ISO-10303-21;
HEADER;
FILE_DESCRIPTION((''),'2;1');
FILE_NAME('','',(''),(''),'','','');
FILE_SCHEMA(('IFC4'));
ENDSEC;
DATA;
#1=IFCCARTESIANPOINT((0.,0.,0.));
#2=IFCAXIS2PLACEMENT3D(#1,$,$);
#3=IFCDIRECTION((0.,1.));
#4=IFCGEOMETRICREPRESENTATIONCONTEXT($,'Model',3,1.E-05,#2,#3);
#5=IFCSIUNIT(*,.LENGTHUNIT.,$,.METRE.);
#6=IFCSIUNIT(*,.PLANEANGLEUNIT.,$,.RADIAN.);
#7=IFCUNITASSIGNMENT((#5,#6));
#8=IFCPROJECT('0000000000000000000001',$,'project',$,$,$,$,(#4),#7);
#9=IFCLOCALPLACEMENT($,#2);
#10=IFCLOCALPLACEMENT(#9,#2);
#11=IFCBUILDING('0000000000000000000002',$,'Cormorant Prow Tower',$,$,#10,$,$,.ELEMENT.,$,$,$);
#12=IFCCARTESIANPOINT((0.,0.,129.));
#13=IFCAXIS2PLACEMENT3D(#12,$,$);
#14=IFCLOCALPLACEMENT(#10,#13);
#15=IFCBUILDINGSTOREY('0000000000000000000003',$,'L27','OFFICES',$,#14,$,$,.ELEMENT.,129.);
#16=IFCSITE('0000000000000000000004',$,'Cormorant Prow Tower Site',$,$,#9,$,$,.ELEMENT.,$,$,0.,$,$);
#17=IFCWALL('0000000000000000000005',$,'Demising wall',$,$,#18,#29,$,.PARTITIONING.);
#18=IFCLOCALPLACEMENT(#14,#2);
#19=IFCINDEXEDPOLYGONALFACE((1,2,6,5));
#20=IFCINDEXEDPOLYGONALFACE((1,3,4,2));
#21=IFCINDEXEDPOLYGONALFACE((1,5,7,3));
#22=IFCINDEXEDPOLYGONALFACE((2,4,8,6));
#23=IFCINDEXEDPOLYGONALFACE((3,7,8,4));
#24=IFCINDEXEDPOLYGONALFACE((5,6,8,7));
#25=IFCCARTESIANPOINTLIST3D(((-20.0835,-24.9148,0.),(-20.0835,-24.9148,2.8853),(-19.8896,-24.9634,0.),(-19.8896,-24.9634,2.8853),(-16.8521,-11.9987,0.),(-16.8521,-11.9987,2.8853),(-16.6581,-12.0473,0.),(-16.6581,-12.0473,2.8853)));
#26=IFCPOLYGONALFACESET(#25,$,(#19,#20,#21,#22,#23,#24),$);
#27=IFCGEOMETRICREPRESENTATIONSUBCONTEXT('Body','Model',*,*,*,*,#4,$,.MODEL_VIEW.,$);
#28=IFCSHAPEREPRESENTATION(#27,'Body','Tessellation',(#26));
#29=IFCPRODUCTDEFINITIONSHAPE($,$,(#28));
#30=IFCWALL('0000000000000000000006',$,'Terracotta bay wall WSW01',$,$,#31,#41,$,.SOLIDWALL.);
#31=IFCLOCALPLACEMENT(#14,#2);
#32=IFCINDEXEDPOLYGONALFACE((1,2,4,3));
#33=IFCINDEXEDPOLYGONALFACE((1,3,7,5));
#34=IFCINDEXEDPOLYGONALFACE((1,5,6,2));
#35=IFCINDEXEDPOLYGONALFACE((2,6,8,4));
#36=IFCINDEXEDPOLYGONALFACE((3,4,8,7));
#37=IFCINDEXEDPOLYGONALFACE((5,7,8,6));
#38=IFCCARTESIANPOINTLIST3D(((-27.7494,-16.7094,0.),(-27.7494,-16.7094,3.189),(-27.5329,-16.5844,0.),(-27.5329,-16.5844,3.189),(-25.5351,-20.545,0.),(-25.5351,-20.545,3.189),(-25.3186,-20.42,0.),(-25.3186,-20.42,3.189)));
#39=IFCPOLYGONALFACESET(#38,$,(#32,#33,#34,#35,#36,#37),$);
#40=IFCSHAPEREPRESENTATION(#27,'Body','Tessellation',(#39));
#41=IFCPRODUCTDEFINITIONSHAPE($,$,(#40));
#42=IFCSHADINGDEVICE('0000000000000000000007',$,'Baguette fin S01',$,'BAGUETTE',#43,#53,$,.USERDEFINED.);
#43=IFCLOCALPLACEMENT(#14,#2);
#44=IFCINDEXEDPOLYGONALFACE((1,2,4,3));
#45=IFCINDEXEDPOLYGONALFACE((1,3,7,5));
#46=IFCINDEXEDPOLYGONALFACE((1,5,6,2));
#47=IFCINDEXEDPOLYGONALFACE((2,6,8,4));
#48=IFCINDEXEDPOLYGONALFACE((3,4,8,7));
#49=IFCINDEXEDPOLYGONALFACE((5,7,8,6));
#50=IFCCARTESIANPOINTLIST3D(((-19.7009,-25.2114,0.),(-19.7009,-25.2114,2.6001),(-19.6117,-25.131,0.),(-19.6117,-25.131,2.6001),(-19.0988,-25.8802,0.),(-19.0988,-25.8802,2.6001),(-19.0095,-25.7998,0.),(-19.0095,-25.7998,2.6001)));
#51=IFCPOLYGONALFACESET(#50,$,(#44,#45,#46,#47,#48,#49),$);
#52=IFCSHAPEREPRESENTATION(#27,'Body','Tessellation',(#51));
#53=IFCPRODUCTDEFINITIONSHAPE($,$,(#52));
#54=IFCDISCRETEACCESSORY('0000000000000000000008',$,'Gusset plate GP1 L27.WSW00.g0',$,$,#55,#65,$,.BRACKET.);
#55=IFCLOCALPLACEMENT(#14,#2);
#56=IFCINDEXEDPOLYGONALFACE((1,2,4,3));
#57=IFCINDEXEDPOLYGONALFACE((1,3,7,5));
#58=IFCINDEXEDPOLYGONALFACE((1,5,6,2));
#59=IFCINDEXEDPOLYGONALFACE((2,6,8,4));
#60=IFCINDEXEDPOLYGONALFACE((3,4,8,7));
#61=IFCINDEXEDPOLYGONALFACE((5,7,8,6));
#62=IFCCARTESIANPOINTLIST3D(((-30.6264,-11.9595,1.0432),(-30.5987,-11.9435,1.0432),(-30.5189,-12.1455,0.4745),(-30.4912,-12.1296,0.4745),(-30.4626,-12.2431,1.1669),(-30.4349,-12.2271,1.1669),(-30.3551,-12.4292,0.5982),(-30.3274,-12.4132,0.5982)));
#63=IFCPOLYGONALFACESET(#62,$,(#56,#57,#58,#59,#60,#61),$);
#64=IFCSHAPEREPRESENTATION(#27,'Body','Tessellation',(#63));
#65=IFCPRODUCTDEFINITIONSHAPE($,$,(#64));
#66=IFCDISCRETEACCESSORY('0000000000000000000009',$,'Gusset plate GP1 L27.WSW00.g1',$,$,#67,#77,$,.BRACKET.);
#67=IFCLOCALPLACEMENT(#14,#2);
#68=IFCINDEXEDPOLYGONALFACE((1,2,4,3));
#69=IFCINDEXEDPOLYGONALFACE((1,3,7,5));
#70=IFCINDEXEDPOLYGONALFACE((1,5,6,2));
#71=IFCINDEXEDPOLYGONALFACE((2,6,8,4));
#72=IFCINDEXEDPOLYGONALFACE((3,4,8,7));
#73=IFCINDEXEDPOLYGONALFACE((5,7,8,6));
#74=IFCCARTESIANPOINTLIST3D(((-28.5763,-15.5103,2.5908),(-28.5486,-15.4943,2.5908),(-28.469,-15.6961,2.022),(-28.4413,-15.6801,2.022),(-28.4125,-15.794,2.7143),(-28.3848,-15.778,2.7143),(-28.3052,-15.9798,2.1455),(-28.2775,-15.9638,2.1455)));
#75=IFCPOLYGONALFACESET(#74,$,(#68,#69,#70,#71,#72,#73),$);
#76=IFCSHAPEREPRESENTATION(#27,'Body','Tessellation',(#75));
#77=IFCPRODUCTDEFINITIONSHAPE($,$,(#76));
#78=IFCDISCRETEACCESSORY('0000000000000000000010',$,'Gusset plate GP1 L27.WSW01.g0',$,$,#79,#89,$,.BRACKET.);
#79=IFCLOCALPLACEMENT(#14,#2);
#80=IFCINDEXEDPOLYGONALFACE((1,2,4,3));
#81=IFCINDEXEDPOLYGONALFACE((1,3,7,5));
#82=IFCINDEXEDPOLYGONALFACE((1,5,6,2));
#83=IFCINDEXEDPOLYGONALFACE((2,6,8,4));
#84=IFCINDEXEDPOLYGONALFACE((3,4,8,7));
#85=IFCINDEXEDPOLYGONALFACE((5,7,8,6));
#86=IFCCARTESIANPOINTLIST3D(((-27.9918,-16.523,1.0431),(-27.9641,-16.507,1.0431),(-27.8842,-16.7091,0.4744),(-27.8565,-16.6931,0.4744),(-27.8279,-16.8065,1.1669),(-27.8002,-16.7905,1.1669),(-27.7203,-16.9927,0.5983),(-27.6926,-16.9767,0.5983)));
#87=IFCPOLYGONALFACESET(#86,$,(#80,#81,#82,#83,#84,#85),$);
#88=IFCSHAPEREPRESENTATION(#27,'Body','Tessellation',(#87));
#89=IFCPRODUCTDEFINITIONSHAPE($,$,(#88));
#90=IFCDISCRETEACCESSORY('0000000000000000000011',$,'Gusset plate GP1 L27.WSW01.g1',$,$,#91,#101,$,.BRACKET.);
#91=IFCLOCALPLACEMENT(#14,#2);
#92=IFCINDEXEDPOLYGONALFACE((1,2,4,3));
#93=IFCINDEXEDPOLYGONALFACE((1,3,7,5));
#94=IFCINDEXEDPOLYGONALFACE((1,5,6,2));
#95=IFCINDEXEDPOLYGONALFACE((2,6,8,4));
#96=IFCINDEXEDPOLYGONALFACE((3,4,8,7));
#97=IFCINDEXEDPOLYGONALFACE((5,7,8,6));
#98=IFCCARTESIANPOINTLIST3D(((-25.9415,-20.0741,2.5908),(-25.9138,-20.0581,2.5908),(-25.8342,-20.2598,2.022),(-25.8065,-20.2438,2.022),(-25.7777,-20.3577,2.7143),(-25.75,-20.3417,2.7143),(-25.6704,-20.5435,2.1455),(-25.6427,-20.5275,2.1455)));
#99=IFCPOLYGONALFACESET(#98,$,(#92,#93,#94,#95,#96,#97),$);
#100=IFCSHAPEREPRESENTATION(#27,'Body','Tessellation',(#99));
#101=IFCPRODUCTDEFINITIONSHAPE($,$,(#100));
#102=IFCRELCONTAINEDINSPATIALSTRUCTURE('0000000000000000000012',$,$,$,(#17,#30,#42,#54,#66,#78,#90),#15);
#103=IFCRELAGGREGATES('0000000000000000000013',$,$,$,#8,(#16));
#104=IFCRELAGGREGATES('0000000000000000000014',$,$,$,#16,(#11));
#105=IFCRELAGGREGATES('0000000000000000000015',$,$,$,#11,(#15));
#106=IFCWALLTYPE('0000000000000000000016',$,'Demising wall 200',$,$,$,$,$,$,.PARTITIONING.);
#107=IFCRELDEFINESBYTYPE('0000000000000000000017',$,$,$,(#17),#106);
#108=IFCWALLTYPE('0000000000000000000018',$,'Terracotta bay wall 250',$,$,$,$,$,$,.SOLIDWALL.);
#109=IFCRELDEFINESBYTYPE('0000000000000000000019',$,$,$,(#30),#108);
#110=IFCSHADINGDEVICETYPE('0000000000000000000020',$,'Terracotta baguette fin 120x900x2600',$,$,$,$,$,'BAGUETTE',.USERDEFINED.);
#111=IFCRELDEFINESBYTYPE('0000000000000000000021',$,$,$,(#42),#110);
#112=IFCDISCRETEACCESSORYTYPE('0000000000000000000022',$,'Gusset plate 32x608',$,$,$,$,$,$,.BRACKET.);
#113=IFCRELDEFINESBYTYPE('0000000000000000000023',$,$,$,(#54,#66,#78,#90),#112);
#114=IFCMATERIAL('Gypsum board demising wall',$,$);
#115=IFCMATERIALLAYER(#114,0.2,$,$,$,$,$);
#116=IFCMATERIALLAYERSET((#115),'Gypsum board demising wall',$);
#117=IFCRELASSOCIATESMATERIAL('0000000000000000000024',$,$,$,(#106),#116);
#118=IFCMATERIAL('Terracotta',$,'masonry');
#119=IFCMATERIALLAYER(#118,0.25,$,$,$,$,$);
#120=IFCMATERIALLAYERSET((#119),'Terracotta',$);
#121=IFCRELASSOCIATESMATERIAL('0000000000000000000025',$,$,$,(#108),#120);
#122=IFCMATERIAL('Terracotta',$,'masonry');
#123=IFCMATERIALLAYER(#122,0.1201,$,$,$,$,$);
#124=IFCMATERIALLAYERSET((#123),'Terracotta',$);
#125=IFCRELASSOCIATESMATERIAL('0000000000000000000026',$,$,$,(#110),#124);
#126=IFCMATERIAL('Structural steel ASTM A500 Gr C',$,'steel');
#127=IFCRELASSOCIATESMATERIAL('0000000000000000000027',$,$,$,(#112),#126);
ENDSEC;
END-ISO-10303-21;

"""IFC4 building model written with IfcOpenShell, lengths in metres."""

from ifc_helpers import new_model, si_unit, direction, frame, frame_2d, origin, origin_2d, place, context, subcontext, project, spatial, rectangle, extrude, material, layer, layer_set, material_profile, profile_set, type_object, element, save


model = new_model("IFC4")

# Units and contexts
model_context = context("Model", 3, precision=1e-05, world=origin(), true_north=direction((0.0, 1.0)))
body_context = subcontext(model_context, "Body", "Model", "MODEL_VIEW")
ifc_project = project(units=[si_unit("LENGTHUNIT", "METRE"), si_unit("PLANEANGLEUNIT", "RADIAN")], contexts=[model_context])

# Site, building, storey
site_placement = place(None, origin())
site = spatial("IfcSite", under=ifc_project, at=site_placement, Name="Cormorant Prow Tower Site", CompositionType="ELEMENT", RefElevation=0.0)
building_placement = place(site_placement, origin())
building = spatial("IfcBuilding", under=site, at=building_placement, Name="Cormorant Prow Tower", CompositionType="ELEMENT")
storey_placement = place(building_placement, frame((0.0, 0.0, 129.0)))
storey = spatial("IfcBuildingStorey", under=building, at=storey_placement, Name="L27", Description="OFFICES", CompositionType="ELEMENT", Elevation=129.0)

# Walls
ifc_material_1 = material(Name="Gypsum board demising wall")
ifc_layer_1 = layer(ifc_material_1, 0.2)
ifc_layer_set_1 = layer_set([ifc_layer_1], Name="Gypsum board demising wall")
wall_type_1 = type_object("IfcWallType", Name="Demising wall 200", PredefinedType="PARTITIONING", material=ifc_layer_set_1)
wall_1_placement = place(storey_placement, frame((-19.9866, -24.9392, 0.0), z_axis=(0.0, 0.0, 1.0), x_axis=(0.242708, 0.970099, 0.0)))
element("IfcWall", 1, at=wall_1_placement, inside=storey, type_object=wall_type_1, Name="Demising wall", PredefinedType="PARTITIONING", context=body_context, shape_type="SweptSolid", body=[
    extrude(rectangle(XDim=13.3142, YDim=0.2, at=frame_2d((6.6572, 0.0))), origin(), (0.0, 0.0, 1.0), 2.8853),
])
ifc_material_2 = material(Name="Terracotta", Category="masonry")
ifc_layer_2 = layer(ifc_material_2, 0.25)
ifc_layer_set_2 = layer_set([ifc_layer_2], Name="Terracotta")
wall_type_2 = type_object("IfcWallType", Name="Terracotta bay wall 250", PredefinedType="SOLIDWALL", material=ifc_layer_set_2)
wall_2_placement = place(storey_placement, frame((-27.6411, -16.647, 0.0), z_axis=(0.0, 0.0, 1.0), x_axis=(0.499969, -0.866043, 0.0)))
element("IfcWall", 2, at=wall_2_placement, inside=storey, type_object=wall_type_2, Name="Terracotta bay wall WSW01", PredefinedType="SOLIDWALL", context=body_context, shape_type="SweptSolid", body=[
    extrude(rectangle(XDim=4.429, YDim=0.25, at=frame_2d((2.2144, 0.0))), origin(), (0.0, 0.0, 1.0), 3.189),
])

# Shading device
ifc_material_3 = material(Name="Terracotta", Category="masonry")
ifc_layer_3 = layer(ifc_material_3, 0.1201)
ifc_layer_set_3 = layer_set([ifc_layer_3], Name="Terracotta")
shading_device_type = type_object("IfcShadingDeviceType", Name="Terracotta baguette fin 120x900x2600", ElementType="BAGUETTE", PredefinedType="USERDEFINED", material=ifc_layer_set_3)
shading_device_placement = place(storey_placement, frame((-19.3552, -25.5056, 0.0), z_axis=(0.0, 0.0, 1.0), x_axis=(0.743145, 0.669131, 0.0)))
element("IfcShadingDevice", 3, at=shading_device_placement, inside=storey, type_object=shading_device_type, Name="Baguette fin S01", ObjectType="BAGUETTE", PredefinedType="USERDEFINED", context=body_context, shape_type="SweptSolid", body=[
    extrude(rectangle(XDim=0.1201, YDim=0.8999, at=origin_2d()), origin(), (0.0, 0.0, 1.0), 2.6001),
])

# Discrete accessories
ifc_material_4 = material(Name="Structural steel ASTM A500 Gr C", Category="steel")
ifc_material_profile_1 = material_profile(ifc_material_4, rectangle(XDim=0.032, YDim=0.6079, at=origin_2d()), Name="Gusset plate 32x608")
ifc_profile_set_1 = profile_set([ifc_material_profile_1], Name="Structural steel ASTM A500 Gr C")
discrete_accessory_type = type_object("IfcDiscreteAccessoryType", Name="Gusset plate 32x608", PredefinedType="BRACKET", material=ifc_profile_set_1)
for number, where, z_axis, x_axis, name in (
    (4, (-30.395, -12.3281, 0.8826), (-0.467788, 0.810089, -0.353455), (-0.865987, -0.500067, 0.0), "Gusset plate GP1 L27.WSW00.g0"),
    (5, (-28.5088, -15.5952, 2.3064), (0.467903, -0.810288, 0.352845), (0.865987, 0.500067, 0.0), "Gusset plate GP1 L27.WSW00.g1"),
    (6, (-27.7603, -16.8916, 0.8826), (-0.468052, 0.809849, -0.353655), (-0.8658, -0.500389, 0.0), "Gusset plate GP1 L27.WSW01.g0"),
    (7, (-25.874, -20.1589, 2.3064), (0.467903, -0.810288, 0.352845), (0.865987, 0.500067, 0.0), "Gusset plate GP1 L27.WSW01.g1"),
):
    element("IfcDiscreteAccessory", number, at=place(storey_placement, frame(where, z_axis=z_axis, x_axis=x_axis)), inside=storey, type_object=discrete_accessory_type, Name=name, PredefinedType="BRACKET", context=body_context, shape_type="SweptSolid", body=[
        extrude(rectangle(XDim=0.032, YDim=0.6079, at=origin_2d()), origin(), (0.0, 0.0, 1.0), 0.3501),
    ])

save(model, "model.ifc")
